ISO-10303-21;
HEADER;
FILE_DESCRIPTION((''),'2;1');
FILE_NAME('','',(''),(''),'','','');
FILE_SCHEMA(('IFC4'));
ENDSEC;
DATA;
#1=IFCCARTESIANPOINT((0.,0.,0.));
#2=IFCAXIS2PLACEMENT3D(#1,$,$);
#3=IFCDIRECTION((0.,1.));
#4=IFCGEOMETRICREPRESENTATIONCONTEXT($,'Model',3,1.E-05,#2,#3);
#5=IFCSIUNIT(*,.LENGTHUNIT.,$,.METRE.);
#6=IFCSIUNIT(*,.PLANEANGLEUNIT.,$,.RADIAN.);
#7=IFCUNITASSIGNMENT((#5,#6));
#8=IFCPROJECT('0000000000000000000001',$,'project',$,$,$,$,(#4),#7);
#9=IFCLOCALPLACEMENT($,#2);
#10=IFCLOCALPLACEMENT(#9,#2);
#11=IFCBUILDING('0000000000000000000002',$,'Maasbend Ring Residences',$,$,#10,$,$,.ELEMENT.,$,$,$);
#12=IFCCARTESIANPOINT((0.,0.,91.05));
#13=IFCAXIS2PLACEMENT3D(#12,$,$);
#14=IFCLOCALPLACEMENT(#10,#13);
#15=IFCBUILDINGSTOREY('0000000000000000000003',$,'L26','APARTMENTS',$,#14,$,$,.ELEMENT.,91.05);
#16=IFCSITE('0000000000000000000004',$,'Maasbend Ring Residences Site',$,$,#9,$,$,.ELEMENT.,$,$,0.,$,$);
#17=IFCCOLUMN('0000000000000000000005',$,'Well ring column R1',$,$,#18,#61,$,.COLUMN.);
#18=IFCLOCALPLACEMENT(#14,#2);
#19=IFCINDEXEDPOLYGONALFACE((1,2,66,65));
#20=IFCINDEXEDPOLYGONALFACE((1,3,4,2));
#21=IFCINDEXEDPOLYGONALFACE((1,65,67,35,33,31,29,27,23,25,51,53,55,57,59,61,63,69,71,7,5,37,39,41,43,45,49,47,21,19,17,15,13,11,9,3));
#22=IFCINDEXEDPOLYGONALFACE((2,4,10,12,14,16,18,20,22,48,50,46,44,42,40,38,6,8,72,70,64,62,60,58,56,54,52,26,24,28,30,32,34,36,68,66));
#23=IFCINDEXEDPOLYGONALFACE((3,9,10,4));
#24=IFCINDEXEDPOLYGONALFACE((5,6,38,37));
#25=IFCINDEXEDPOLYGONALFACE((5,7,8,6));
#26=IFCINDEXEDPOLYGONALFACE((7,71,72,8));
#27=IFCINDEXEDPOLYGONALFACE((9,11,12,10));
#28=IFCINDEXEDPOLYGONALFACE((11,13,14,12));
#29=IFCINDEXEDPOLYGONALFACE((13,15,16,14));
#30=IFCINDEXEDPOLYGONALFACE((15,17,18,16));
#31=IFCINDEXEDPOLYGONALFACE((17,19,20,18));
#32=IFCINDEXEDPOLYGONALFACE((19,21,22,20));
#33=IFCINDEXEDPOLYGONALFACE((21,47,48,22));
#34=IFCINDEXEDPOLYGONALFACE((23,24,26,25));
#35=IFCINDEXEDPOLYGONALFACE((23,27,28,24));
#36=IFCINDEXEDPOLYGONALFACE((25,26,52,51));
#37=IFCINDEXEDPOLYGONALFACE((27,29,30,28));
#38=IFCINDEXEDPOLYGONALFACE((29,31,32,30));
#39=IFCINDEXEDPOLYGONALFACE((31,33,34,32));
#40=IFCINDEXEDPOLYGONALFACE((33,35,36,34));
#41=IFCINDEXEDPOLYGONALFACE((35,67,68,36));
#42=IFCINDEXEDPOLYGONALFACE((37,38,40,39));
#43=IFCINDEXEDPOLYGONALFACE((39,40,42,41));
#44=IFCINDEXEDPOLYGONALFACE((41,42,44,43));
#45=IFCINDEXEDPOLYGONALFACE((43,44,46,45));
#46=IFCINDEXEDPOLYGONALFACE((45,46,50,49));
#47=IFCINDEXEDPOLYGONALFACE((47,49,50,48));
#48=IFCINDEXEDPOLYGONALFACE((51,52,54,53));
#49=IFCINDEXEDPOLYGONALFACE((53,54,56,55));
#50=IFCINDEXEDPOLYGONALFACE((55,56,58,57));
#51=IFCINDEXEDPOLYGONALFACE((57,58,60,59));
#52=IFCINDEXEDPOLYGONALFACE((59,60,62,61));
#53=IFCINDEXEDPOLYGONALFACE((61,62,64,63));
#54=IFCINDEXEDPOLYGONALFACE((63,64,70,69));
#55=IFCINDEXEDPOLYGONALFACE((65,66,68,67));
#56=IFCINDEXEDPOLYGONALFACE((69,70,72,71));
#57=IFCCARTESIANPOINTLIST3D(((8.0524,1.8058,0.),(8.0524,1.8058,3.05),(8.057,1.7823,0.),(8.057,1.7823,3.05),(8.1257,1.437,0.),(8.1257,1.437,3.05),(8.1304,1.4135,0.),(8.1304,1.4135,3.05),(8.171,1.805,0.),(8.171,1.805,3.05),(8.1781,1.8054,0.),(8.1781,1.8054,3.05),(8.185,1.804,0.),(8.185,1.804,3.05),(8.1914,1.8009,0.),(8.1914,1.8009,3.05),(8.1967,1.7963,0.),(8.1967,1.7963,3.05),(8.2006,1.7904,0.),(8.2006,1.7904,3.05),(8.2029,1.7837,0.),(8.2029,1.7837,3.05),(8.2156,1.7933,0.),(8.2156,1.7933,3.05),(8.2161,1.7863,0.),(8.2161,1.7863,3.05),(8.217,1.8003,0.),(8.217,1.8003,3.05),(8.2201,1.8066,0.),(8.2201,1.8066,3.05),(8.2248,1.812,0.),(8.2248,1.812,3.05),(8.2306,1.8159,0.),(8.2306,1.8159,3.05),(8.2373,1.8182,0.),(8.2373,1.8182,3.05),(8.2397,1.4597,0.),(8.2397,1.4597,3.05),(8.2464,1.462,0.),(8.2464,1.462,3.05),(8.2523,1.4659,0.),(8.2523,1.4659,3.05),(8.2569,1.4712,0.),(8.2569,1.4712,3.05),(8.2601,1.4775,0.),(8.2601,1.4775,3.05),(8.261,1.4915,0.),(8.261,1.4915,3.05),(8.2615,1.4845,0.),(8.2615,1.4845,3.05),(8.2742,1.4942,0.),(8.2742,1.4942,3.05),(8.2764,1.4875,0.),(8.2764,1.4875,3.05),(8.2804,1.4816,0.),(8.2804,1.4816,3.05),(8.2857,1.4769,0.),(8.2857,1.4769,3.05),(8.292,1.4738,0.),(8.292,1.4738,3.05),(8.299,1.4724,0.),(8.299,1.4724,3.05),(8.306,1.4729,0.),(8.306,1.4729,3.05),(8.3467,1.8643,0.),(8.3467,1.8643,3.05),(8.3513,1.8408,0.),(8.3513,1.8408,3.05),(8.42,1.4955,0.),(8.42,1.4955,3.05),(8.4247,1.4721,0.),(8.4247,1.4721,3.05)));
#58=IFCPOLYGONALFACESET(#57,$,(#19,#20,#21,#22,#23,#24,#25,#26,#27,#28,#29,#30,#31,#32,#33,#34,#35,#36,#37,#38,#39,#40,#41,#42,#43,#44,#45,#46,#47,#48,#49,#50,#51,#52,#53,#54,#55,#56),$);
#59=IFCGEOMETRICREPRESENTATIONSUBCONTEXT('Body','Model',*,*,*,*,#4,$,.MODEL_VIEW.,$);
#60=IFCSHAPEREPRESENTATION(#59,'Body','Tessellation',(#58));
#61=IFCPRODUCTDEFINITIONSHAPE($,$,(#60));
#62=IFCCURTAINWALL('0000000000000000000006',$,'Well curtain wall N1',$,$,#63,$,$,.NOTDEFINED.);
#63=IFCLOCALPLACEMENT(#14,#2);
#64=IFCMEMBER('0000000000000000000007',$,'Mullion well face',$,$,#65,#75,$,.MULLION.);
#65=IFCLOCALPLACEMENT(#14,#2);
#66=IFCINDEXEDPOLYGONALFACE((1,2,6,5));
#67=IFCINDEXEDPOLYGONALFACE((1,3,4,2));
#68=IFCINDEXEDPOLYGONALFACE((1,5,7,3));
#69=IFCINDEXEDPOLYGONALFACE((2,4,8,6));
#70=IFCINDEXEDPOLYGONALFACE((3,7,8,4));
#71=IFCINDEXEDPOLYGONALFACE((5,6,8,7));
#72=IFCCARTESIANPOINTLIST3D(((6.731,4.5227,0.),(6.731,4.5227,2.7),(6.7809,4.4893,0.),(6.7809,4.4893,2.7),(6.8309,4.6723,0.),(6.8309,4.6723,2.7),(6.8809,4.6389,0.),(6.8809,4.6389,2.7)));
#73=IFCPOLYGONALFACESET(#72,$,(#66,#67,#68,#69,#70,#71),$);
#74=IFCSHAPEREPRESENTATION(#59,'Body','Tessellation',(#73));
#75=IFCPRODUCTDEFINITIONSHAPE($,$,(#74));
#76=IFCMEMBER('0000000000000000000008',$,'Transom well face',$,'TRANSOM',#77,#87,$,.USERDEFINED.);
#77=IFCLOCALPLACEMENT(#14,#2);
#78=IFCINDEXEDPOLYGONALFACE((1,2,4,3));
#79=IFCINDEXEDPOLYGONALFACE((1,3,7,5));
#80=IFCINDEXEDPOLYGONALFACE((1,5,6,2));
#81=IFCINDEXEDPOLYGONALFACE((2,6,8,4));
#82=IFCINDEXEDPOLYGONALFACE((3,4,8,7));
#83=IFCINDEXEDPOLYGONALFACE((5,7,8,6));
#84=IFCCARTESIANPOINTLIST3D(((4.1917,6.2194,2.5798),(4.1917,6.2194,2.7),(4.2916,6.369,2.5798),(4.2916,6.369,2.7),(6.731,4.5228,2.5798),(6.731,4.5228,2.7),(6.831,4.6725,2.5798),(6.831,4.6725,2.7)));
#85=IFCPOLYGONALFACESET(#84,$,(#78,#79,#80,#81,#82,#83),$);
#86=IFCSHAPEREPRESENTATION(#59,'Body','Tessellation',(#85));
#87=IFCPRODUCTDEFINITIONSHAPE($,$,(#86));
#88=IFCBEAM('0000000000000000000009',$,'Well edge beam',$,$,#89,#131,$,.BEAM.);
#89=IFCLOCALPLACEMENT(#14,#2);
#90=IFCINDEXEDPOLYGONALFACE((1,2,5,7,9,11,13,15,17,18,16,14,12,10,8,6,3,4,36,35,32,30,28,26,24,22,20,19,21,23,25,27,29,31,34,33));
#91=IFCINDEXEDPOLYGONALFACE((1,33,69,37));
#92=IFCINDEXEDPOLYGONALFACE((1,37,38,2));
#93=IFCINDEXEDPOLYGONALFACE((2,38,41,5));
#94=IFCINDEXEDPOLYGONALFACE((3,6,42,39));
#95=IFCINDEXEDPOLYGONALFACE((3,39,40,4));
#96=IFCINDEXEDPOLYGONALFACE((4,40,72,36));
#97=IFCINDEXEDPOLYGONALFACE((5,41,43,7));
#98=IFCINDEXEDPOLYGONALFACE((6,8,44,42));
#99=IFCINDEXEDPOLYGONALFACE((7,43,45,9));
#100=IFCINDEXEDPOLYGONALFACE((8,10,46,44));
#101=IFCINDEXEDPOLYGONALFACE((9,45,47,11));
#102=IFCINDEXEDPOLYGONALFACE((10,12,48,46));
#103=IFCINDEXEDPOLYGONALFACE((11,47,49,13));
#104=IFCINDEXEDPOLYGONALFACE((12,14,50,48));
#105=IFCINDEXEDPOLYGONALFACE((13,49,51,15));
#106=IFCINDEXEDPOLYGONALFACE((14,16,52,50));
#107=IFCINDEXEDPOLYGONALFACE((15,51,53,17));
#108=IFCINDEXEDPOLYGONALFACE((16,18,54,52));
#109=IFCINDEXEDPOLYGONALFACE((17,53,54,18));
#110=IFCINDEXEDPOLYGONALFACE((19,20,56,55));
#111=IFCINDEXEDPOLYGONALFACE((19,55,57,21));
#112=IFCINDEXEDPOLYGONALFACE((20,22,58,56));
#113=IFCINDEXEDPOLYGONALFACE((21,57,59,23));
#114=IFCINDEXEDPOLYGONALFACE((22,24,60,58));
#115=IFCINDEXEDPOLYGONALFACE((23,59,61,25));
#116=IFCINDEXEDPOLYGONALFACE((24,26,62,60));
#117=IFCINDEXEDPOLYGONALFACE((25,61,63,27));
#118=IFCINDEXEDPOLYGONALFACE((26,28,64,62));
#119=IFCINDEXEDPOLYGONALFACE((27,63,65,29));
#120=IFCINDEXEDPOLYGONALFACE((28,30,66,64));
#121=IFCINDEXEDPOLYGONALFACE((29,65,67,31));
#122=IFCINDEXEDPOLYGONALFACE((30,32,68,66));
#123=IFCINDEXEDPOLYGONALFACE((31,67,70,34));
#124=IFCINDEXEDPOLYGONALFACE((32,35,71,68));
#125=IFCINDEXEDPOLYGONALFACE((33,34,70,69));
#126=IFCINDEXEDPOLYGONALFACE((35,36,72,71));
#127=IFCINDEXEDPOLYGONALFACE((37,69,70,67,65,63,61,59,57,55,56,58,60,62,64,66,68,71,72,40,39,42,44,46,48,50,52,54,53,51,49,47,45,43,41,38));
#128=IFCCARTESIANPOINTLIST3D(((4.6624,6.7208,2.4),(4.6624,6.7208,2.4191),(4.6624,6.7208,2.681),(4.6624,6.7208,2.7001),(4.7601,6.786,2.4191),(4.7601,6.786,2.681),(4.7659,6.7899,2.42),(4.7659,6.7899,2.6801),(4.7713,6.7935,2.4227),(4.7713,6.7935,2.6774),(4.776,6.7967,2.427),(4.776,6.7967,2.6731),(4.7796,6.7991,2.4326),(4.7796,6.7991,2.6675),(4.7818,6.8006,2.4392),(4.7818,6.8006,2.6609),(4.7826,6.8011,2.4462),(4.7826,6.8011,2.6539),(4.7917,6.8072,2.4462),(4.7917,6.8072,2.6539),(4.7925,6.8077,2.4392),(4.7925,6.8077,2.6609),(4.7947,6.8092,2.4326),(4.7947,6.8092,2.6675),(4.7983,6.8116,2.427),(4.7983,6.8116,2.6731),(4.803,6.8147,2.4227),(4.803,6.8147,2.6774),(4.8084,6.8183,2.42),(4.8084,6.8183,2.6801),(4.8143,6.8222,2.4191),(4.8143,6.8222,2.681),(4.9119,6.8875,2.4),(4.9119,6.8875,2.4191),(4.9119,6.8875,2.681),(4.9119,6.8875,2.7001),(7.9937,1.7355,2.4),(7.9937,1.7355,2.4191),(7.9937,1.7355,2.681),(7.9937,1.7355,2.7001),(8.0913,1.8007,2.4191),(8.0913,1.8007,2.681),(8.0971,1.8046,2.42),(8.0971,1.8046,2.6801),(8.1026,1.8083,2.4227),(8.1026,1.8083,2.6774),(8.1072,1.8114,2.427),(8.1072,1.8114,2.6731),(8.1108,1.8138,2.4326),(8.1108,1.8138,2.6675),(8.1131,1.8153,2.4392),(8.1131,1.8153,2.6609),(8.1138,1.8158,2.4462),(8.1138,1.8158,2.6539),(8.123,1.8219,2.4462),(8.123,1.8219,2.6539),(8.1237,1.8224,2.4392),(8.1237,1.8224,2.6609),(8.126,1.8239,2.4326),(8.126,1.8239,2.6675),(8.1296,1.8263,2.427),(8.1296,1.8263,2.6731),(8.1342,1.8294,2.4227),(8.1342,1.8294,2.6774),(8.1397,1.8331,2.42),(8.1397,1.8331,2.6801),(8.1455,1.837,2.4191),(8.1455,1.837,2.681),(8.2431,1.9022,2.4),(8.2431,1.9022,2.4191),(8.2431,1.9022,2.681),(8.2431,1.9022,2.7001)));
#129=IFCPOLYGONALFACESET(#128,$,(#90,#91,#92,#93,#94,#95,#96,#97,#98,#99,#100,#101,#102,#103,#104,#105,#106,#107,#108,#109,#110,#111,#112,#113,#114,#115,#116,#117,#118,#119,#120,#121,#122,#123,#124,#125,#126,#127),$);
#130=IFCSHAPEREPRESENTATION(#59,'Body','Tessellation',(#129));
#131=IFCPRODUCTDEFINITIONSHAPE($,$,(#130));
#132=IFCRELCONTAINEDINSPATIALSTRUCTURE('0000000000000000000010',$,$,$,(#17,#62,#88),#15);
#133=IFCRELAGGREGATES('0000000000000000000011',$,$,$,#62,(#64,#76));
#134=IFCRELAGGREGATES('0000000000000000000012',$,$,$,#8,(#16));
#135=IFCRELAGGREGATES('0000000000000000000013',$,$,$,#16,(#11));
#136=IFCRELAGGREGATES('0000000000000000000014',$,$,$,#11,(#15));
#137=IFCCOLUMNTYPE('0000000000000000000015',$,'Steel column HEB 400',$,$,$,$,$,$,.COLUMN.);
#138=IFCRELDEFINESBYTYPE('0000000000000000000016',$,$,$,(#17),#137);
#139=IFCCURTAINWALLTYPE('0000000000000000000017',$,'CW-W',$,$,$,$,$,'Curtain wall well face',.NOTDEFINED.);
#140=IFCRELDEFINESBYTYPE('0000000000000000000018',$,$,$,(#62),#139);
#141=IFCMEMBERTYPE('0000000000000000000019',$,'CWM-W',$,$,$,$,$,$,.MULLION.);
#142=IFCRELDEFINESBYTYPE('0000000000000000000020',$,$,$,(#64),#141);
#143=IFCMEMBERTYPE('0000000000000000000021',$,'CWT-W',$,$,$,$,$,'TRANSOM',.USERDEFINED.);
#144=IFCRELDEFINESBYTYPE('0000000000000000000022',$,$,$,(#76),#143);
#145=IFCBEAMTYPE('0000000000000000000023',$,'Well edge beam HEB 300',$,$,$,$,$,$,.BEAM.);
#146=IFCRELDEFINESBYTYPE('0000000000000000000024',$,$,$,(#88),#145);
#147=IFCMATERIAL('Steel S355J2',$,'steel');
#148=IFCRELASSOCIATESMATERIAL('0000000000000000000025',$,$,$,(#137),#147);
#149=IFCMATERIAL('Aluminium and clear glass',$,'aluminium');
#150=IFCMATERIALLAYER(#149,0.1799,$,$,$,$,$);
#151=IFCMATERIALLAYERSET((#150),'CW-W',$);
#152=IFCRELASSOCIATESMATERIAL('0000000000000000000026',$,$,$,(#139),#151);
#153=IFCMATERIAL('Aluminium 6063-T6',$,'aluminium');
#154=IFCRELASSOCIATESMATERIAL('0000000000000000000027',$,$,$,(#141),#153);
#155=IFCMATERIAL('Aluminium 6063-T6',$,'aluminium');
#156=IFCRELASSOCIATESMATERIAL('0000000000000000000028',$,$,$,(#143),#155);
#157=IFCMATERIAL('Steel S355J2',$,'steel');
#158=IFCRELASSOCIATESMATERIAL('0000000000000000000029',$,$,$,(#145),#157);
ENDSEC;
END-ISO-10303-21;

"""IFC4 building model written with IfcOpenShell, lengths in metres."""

from ifc_helpers import new_model, si_unit, direction, frame, origin, origin_2d, place, context, subcontext, project, spatial, rectangle, i_section, extrude, material, layer, layer_set, material_profile, profile_set, type_object, element, aggregate, save


model = new_model("IFC4")

# Units and contexts
model_context = context("Model", 3, precision=1e-05, world=origin(), true_north=direction((0.0, 1.0)))
body_context = subcontext(model_context, "Body", "Model", "MODEL_VIEW")
ifc_project = project(units=[si_unit("LENGTHUNIT", "METRE"), si_unit("PLANEANGLEUNIT", "RADIAN")], contexts=[model_context])

# Site, building, storey
site_placement = place(None, origin())
site = spatial("IfcSite", under=ifc_project, at=site_placement, Name="Maasbend Ring Residences Site", CompositionType="ELEMENT", RefElevation=0.0)
building_placement = place(site_placement, origin())
building = spatial("IfcBuilding", under=site, at=building_placement, Name="Maasbend Ring Residences", CompositionType="ELEMENT")
storey_placement = place(building_placement, frame((0.0, 0.0, 91.05)))
storey = spatial("IfcBuildingStorey", under=building, at=storey_placement, Name="L26", Description="APARTMENTS", CompositionType="ELEMENT", Elevation=91.05)

# Column
ifc_material_1 = material(Name="Steel S355J2", Category="steel")
ifc_material_profile_1 = material_profile(ifc_material_1, i_section(OverallWidth=0.3, OverallDepth=0.3999, WebThickness=0.0134, FlangeThickness=0.0239, FilletRadius=0.0271, at=origin_2d()), Name="HEB 400")
ifc_profile_set_1 = profile_set([ifc_material_profile_1], Name="Steel S355J2")
column_type = type_object("IfcColumnType", Name="Steel column HEB 400", PredefinedType="COLUMN", material=ifc_profile_set_1)
column_placement = place(storey_placement, frame((8.2385, 1.6389, 0.0), z_axis=(0.0, 0.0, 1.0), x_axis=(0.980785, 0.19509, 0.0)))
element("IfcColumn", 1, at=column_placement, inside=storey, type_object=column_type, Name="Well ring column R1", PredefinedType="COLUMN", context=body_context, shape_type="SweptSolid", body=[
    extrude(i_section(OverallWidth=0.3, OverallDepth=0.3999, WebThickness=0.0134, FlangeThickness=0.0239, FilletRadius=0.0271, at=origin_2d()), origin(), (0.0, 0.0, 1.0), 3.05),
])

# Curtain wall, members
ifc_material_2 = material(Name="Aluminium and clear glass", Category="aluminium")
ifc_layer_1 = layer(ifc_material_2, 0.1799)
ifc_layer_set_1 = layer_set([ifc_layer_1], Name="CW-W")
curtain_wall_type = type_object("IfcCurtainWallType", Name="CW-W", ElementType="Curtain wall well face", PredefinedType="NOTDEFINED", material=ifc_layer_set_1)
curtain_wall_placement = place(storey_placement, origin())
curtain_wall = element("IfcCurtainWall", 2, at=curtain_wall_placement, inside=storey, type_object=curtain_wall_type, Name="Well curtain wall N1", PredefinedType="NOTDEFINED")
ifc_material_3 = material(Name="Aluminium 6063-T6", Category="aluminium")
ifc_material_profile_2 = material_profile(ifc_material_3, rectangle(XDim=0.1799, YDim=0.0601, at=origin_2d()), Name="AL 180x60")
ifc_profile_set_2 = profile_set([ifc_material_profile_2], Name="Aluminium 6063-T6")
member_type_1 = type_object("IfcMemberType", Name="CWM-W", PredefinedType="MULLION", material=ifc_profile_set_2)
member_1_placement = place(storey_placement, frame((6.8059, 4.5808, 0.0), z_axis=(0.0, 0.0, 1.0), x_axis=(-0.55557, -0.83147, 0.0)))
member_1 = element("IfcMember", 3, at=member_1_placement, type_object=member_type_1, Name="Mullion well face", PredefinedType="MULLION", context=body_context, shape_type="SweptSolid", body=[
    extrude(rectangle(XDim=0.1799, YDim=0.0601, at=origin_2d()), origin(), (0.0, 0.0, 1.0), 2.7),
])
ifc_material_4 = material(Name="Aluminium 6063-T6", Category="aluminium")
ifc_material_profile_3 = material_profile(ifc_material_4, rectangle(XDim=0.1799, YDim=0.1201, at=origin_2d()), Name="AL 180x120")
ifc_profile_set_3 = profile_set([ifc_material_profile_3], Name="Aluminium 6063-T6")
member_type_2 = type_object("IfcMemberType", Name="CWT-W", ElementType="TRANSOM", PredefinedType="USERDEFINED", material=ifc_profile_set_3)
member_2_placement = place(storey_placement, frame((6.781, 4.5977, 2.6399), z_axis=(-0.831496, 0.55553, 0.0), x_axis=(-0.55553, -0.831496, 0.0)))
member_2 = element("IfcMember", 4, at=member_2_placement, type_object=member_type_2, Name="Transom well face", ObjectType="TRANSOM", PredefinedType="USERDEFINED", context=body_context, shape_type="SweptSolid", body=[
    extrude(rectangle(XDim=0.1799, YDim=0.1201, at=origin_2d()), origin(), (0.0, 0.0, 1.0), 3.054),
])
aggregate(curtain_wall, [member_1, member_2])

# Beam
ifc_material_5 = material(Name="Steel S355J2", Category="steel")
ifc_material_profile_4 = material_profile(ifc_material_5, i_section(OverallWidth=0.3, OverallDepth=0.3, WebThickness=0.011, FlangeThickness=0.019, FilletRadius=0.0271, at=origin_2d()), Name="HEB 300")
ifc_profile_set_4 = profile_set([ifc_material_profile_4], Name="Steel S355J2")
beam_type = type_object("IfcBeamType", Name="Well edge beam HEB 300", PredefinedType="BEAM", material=ifc_profile_set_4)
beam_placement = place(storey_placement, frame((8.1184, 1.8188, 2.55), z_axis=(-0.555593, 0.831455, 0.0), x_axis=(-0.831455, -0.555593, 0.0)))
element("IfcBeam", 5, at=beam_placement, inside=storey, type_object=beam_type, Name="Well edge beam", PredefinedType="BEAM", context=body_context, shape_type="SweptSolid", body=[
    extrude(i_section(OverallWidth=0.3, OverallDepth=0.3, WebThickness=0.011, FlangeThickness=0.019, FilletRadius=0.0271, at=origin_2d()), origin(), (0.0, 0.0, 1.0), 5.9958),
])

save(model, "model.ifc")
